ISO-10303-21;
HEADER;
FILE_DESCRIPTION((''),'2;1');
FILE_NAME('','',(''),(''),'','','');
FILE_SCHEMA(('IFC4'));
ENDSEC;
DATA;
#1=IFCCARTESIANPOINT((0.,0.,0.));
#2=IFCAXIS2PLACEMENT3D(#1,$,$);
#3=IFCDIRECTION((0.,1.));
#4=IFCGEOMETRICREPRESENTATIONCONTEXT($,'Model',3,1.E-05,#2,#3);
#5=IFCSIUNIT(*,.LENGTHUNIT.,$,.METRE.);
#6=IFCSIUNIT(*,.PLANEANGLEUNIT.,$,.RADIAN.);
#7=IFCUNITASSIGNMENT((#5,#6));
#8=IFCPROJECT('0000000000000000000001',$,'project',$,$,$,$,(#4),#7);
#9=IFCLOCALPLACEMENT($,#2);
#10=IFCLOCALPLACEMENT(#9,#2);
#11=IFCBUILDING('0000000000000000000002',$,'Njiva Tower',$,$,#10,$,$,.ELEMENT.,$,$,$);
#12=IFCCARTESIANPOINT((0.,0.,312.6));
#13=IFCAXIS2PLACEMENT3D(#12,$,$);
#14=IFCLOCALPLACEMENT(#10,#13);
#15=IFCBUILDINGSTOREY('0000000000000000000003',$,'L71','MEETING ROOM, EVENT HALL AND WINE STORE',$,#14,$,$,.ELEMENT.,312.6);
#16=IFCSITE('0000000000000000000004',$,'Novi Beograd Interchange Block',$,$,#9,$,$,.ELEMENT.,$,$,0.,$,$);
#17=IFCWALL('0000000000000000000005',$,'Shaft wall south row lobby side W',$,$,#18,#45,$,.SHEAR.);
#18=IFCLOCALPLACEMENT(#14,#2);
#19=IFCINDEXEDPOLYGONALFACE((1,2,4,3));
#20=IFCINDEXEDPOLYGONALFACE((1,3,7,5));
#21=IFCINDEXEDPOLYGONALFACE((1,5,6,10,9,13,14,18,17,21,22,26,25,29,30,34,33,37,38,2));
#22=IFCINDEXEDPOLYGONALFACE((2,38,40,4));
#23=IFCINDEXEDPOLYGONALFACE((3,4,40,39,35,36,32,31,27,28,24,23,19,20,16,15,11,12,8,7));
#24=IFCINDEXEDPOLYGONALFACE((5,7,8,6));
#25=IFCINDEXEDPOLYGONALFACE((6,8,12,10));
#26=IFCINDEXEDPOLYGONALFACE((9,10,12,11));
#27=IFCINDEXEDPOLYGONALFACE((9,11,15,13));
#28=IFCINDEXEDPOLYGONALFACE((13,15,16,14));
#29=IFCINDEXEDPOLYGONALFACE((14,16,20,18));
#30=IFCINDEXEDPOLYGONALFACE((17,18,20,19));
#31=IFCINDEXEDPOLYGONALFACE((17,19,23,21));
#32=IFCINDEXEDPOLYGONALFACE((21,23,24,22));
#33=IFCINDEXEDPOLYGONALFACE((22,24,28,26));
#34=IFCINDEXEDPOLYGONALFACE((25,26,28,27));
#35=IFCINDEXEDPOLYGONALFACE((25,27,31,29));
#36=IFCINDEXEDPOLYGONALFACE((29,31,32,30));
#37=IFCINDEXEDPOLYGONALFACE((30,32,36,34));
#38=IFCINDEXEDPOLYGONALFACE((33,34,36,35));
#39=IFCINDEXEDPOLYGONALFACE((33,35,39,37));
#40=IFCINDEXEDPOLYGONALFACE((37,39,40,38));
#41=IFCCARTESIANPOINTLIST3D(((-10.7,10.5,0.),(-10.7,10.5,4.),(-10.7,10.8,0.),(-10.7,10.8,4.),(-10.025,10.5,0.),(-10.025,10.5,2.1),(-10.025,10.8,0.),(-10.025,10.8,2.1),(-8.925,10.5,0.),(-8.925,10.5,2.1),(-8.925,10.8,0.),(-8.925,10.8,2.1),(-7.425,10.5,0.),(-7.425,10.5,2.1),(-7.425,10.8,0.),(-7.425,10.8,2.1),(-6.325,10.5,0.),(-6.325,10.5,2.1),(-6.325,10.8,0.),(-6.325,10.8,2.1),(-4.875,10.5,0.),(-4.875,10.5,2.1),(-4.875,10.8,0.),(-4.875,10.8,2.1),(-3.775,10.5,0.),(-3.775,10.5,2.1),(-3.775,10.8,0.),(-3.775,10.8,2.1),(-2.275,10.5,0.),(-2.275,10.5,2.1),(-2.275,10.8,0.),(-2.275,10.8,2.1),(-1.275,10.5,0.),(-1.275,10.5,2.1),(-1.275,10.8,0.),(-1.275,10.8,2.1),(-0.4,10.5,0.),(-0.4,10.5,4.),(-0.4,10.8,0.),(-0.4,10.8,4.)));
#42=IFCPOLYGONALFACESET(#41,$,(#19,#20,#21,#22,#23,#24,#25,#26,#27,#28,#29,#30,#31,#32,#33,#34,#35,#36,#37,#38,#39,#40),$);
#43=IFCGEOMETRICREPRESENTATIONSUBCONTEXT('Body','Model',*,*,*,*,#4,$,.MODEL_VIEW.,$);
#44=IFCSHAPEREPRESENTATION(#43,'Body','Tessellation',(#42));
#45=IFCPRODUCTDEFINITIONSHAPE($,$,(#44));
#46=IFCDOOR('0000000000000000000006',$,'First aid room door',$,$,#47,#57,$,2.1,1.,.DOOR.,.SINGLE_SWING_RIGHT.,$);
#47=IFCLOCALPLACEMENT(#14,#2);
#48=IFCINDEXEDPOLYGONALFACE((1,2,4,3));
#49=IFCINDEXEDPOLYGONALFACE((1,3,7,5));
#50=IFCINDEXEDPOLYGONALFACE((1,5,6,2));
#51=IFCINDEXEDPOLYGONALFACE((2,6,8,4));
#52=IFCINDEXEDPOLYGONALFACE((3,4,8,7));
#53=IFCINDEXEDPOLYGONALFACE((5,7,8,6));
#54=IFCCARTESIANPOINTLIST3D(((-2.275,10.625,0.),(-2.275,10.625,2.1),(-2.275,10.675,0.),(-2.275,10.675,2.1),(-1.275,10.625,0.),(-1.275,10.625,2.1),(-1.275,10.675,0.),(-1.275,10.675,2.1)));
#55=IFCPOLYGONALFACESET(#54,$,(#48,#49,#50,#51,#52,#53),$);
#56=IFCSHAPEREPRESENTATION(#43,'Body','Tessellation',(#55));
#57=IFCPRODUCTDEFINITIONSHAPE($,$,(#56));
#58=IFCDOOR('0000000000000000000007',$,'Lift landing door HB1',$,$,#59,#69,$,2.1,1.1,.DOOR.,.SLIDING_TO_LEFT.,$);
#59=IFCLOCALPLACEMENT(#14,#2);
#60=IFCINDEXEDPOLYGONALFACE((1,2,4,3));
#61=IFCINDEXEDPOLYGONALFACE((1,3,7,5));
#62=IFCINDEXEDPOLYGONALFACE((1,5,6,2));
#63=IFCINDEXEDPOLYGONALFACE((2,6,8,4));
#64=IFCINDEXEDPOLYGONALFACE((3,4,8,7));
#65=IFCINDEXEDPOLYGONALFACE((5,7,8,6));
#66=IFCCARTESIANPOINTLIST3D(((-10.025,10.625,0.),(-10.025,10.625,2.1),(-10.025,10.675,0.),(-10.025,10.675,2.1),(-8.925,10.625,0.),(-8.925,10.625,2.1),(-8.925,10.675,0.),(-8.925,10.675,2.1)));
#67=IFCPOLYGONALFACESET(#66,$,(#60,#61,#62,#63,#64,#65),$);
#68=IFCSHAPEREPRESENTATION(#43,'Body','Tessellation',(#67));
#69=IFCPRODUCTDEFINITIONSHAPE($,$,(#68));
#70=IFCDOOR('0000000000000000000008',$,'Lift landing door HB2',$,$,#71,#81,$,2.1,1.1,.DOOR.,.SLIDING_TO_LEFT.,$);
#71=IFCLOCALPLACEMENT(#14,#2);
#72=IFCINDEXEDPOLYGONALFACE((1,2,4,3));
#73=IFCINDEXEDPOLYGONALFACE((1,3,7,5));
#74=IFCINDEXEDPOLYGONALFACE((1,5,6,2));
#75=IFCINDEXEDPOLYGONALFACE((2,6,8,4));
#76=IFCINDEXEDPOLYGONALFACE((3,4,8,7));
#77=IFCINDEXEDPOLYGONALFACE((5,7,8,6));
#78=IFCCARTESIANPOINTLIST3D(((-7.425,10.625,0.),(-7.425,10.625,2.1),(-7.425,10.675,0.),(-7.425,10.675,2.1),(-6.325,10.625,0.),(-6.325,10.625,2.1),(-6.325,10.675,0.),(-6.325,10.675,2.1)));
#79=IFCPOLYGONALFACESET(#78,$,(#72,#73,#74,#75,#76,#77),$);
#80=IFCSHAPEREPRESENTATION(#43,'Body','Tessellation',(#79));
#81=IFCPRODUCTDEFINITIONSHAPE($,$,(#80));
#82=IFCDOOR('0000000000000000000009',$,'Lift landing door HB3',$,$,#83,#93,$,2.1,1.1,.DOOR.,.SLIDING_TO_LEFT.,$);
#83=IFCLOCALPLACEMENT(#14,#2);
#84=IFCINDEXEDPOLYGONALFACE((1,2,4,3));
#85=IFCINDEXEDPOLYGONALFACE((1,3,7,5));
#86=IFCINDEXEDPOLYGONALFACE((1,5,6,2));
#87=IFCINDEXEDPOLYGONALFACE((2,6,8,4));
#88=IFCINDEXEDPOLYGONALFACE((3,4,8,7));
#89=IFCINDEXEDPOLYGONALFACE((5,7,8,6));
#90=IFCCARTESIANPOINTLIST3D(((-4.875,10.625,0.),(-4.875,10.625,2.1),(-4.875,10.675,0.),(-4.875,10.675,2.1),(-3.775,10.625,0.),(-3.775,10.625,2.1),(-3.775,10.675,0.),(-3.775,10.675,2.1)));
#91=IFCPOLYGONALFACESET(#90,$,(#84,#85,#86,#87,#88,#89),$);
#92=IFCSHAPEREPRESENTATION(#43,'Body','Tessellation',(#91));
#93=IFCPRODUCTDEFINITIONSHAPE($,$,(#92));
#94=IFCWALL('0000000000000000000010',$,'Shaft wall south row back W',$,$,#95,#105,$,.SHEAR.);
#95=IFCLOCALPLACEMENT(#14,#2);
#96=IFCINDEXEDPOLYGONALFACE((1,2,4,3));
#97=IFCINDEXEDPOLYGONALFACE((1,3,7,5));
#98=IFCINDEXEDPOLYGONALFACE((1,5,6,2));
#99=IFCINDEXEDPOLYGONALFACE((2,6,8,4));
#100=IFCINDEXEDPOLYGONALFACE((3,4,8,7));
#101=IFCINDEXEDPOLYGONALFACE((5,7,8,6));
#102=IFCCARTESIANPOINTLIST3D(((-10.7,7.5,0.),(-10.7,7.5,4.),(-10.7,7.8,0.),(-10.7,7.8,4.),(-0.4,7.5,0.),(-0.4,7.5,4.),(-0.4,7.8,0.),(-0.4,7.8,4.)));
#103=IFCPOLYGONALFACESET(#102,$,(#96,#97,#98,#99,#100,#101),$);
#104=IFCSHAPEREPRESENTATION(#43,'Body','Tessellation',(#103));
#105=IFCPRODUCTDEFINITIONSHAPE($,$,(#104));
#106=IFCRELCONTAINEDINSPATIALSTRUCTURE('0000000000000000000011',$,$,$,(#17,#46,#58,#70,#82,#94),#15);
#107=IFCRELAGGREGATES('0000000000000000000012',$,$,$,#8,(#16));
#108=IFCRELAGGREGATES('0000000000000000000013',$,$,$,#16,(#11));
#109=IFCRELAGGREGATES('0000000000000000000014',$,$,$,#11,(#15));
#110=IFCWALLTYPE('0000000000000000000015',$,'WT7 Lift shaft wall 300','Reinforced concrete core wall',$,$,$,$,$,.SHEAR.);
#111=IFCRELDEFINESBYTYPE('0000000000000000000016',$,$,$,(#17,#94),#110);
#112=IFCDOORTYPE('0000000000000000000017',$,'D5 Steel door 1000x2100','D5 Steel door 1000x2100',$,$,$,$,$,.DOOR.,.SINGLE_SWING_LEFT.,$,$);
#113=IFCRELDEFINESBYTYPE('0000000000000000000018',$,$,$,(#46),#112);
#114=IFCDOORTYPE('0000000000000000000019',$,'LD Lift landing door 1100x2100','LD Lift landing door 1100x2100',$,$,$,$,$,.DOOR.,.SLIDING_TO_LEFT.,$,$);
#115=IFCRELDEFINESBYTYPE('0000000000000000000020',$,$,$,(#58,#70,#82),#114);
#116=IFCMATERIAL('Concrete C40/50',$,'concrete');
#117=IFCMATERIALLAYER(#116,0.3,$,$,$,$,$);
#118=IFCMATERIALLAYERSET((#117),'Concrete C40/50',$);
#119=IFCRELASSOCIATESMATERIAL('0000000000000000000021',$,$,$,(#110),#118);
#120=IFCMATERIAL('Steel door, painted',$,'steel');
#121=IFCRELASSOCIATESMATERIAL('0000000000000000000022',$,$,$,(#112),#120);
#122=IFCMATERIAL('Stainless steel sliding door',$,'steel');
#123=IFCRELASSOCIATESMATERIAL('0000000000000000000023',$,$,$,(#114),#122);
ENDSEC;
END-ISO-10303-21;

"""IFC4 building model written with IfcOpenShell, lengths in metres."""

from ifc_helpers import new_model, si_unit, direction, frame, frame_2d, origin, place, context, subcontext, project, spatial, rectangle, extrude, material, layer, layer_set, type_object, element, fill, save


model = new_model("IFC4")

# Units and contexts
model_context = context("Model", 3, precision=1e-05, world=origin(), true_north=direction((0.0, 1.0)))
body_context = subcontext(model_context, "Body", "Model", "MODEL_VIEW")
ifc_project = project(units=[si_unit("LENGTHUNIT", "METRE"), si_unit("PLANEANGLEUNIT", "RADIAN")], contexts=[model_context])

# Site, building, storey
site_placement = place(None, origin())
site = spatial("IfcSite", under=ifc_project, at=site_placement, Name="Novi Beograd Interchange Block", CompositionType="ELEMENT", RefElevation=0.0)
building_placement = place(site_placement, origin())
building = spatial("IfcBuilding", under=site, at=building_placement, Name="Njiva Tower", CompositionType="ELEMENT")
storey_placement = place(building_placement, frame((0.0, 0.0, 312.6)))
storey = spatial("IfcBuildingStorey", under=building, at=storey_placement, Name="L71", Description="MEETING ROOM, EVENT HALL AND WINE STORE", CompositionType="ELEMENT", Elevation=312.6)

# Shared definitions
ifc_material_1 = material(Name="Concrete C40/50", Category="concrete")
ifc_material_2 = material(Name="Steel door, painted", Category="steel")

# Wall, openings, doors
ifc_layer_1 = layer(ifc_material_1, 0.3)
ifc_layer_set_1 = layer_set([ifc_layer_1], Name="Concrete C40/50")
wall_type_1 = type_object("IfcWallType", Name="WT7 Lift shaft wall 300", Description="Reinforced concrete core wall", PredefinedType="SHEAR", material=ifc_layer_set_1)
wall_1_placement = place(storey_placement, frame((-10.7, 10.65, 0.0), z_axis=(0.0, 0.0, 1.0), x_axis=(1.0, 0.0, 0.0)))
wall_1 = element("IfcWall", 1, at=wall_1_placement, inside=storey, type_object=wall_type_1, Name="Shaft wall south row lobby side W", PredefinedType="SHEAR", context=body_context, shape_type="SweptSolid", body=[
    extrude(rectangle(XDim=10.3, YDim=0.3, at=frame_2d((5.15, 0.0))), origin(), (0.0, 0.0, 1.0), 4.0),
])
opening_1_placement = place(wall_1_placement, frame((0.675, 0.0, 0.0)))
opening_1 = element("IfcOpeningElement", 2, at=opening_1_placement, cuts=wall_1, PredefinedType="OPENING", context=body_context, shape_type="SweptSolid", body=[
    extrude(rectangle(XDim=1.1, YDim=2.1, at=frame_2d((0.55, 1.05))), frame((0.0, 0.16, 0.0), z_axis=(0.0, -1.0, 0.0), x_axis=(1.0, 0.0, 0.0)), (0.0, 0.0, 1.0), 0.32),
])
opening_2_placement = place(wall_1_placement, frame((3.275, 0.0, 0.0)))
opening_2 = element("IfcOpeningElement", 3, at=opening_2_placement, cuts=wall_1, PredefinedType="OPENING", context=body_context, shape_type="SweptSolid", body=[
    extrude(rectangle(XDim=1.1, YDim=2.1, at=frame_2d((0.55, 1.05))), frame((0.0, 0.16, 0.0), z_axis=(0.0, -1.0, 0.0), x_axis=(1.0, 0.0, 0.0)), (0.0, 0.0, 1.0), 0.32),
])
opening_3_placement = place(wall_1_placement, frame((5.825, 0.0, 0.0)))
opening_3 = element("IfcOpeningElement", 4, at=opening_3_placement, cuts=wall_1, PredefinedType="OPENING", context=body_context, shape_type="SweptSolid", body=[
    extrude(rectangle(XDim=1.1, YDim=2.1, at=frame_2d((0.55, 1.05))), frame((0.0, 0.16, 0.0), z_axis=(0.0, -1.0, 0.0), x_axis=(1.0, 0.0, 0.0)), (0.0, 0.0, 1.0), 0.32),
])
opening_4_placement = place(wall_1_placement, frame((8.425, 0.0, 0.0)))
opening_4 = element("IfcOpeningElement", 5, at=opening_4_placement, cuts=wall_1, PredefinedType="OPENING", context=body_context, shape_type="SweptSolid", body=[
    extrude(rectangle(XDim=1.0, YDim=2.1, at=frame_2d((0.5, 1.05))), frame((0.0, 0.16, 0.0), z_axis=(0.0, -1.0, 0.0), x_axis=(1.0, 0.0, 0.0)), (0.0, 0.0, 1.0), 0.32),
])
door_type_1 = type_object("IfcDoorType", Name="D5 Steel door 1000x2100", Description="D5 Steel door 1000x2100", OperationType="SINGLE_SWING_LEFT", PredefinedType="DOOR", material=ifc_material_2)
door_1_placement = place(opening_4_placement, origin())
door_1 = element("IfcDoor", 6, at=door_1_placement, inside=storey, type_object=door_type_1, Name="First aid room door", OperationType="SINGLE_SWING_RIGHT", OverallHeight=2.1, OverallWidth=1.0, PredefinedType="DOOR", context=body_context, shape_type="SweptSolid", body=[
    extrude(rectangle(XDim=1.0, YDim=2.1, at=frame_2d((0.5, 1.05))), frame((0.0, 0.025, 0.0), z_axis=(0.0, -1.0, 0.0), x_axis=(1.0, 0.0, 0.0)), (0.0, 0.0, 1.0), 0.05),
])
fill(opening_4, door_1)
ifc_material_3 = material(Name="Stainless steel sliding door", Category="steel")
door_type_2 = type_object("IfcDoorType", Name="LD Lift landing door 1100x2100", Description="LD Lift landing door 1100x2100", OperationType="SLIDING_TO_LEFT", PredefinedType="DOOR", material=ifc_material_3)
door_2_placement = place(opening_1_placement, origin())
door_2 = element("IfcDoor", 7, at=door_2_placement, inside=storey, type_object=door_type_2, Name="Lift landing door HB1", OperationType="SLIDING_TO_LEFT", OverallHeight=2.1, OverallWidth=1.1, PredefinedType="DOOR", context=body_context, shape_type="SweptSolid", body=[
    extrude(rectangle(XDim=1.1, YDim=2.1, at=frame_2d((0.55, 1.05))), frame((0.0, 0.025, 0.0), z_axis=(0.0, -1.0, 0.0), x_axis=(1.0, 0.0, 0.0)), (0.0, 0.0, 1.0), 0.05),
])
fill(opening_1, door_2)
door_3_placement = place(opening_2_placement, origin())
door_3 = element("IfcDoor", 8, at=door_3_placement, inside=storey, type_object=door_type_2, Name="Lift landing door HB2", OperationType="SLIDING_TO_LEFT", OverallHeight=2.1, OverallWidth=1.1, PredefinedType="DOOR", context=body_context, shape_type="SweptSolid", body=[
    extrude(rectangle(XDim=1.1, YDim=2.1, at=frame_2d((0.55, 1.05))), frame((0.0, 0.025, 0.0), z_axis=(0.0, -1.0, 0.0), x_axis=(1.0, 0.0, 0.0)), (0.0, 0.0, 1.0), 0.05),
])
fill(opening_2, door_3)
door_4_placement = place(opening_3_placement, origin())
door_4 = element("IfcDoor", 9, at=door_4_placement, inside=storey, type_object=door_type_2, Name="Lift landing door HB3", OperationType="SLIDING_TO_LEFT", OverallHeight=2.1, OverallWidth=1.1, PredefinedType="DOOR", context=body_context, shape_type="SweptSolid", body=[
    extrude(rectangle(XDim=1.1, YDim=2.1, at=frame_2d((0.55, 1.05))), frame((0.0, 0.025, 0.0), z_axis=(0.0, -1.0, 0.0), x_axis=(1.0, 0.0, 0.0)), (0.0, 0.0, 1.0), 0.05),
])
fill(opening_3, door_4)

# Wall
wall_2_placement = place(storey_placement, frame((-10.7, 7.65, 0.0), z_axis=(0.0, 0.0, 1.0), x_axis=(1.0, 0.0, 0.0)))
element("IfcWall", 10, at=wall_2_placement, inside=storey, type_object=wall_type_1, Name="Shaft wall south row back W", PredefinedType="SHEAR", context=body_context, shape_type="SweptSolid", body=[
    extrude(rectangle(XDim=10.3, YDim=0.3, at=frame_2d((5.15, 0.0))), origin(), (0.0, 0.0, 1.0), 4.0),
])

save(model, "model.ifc")
